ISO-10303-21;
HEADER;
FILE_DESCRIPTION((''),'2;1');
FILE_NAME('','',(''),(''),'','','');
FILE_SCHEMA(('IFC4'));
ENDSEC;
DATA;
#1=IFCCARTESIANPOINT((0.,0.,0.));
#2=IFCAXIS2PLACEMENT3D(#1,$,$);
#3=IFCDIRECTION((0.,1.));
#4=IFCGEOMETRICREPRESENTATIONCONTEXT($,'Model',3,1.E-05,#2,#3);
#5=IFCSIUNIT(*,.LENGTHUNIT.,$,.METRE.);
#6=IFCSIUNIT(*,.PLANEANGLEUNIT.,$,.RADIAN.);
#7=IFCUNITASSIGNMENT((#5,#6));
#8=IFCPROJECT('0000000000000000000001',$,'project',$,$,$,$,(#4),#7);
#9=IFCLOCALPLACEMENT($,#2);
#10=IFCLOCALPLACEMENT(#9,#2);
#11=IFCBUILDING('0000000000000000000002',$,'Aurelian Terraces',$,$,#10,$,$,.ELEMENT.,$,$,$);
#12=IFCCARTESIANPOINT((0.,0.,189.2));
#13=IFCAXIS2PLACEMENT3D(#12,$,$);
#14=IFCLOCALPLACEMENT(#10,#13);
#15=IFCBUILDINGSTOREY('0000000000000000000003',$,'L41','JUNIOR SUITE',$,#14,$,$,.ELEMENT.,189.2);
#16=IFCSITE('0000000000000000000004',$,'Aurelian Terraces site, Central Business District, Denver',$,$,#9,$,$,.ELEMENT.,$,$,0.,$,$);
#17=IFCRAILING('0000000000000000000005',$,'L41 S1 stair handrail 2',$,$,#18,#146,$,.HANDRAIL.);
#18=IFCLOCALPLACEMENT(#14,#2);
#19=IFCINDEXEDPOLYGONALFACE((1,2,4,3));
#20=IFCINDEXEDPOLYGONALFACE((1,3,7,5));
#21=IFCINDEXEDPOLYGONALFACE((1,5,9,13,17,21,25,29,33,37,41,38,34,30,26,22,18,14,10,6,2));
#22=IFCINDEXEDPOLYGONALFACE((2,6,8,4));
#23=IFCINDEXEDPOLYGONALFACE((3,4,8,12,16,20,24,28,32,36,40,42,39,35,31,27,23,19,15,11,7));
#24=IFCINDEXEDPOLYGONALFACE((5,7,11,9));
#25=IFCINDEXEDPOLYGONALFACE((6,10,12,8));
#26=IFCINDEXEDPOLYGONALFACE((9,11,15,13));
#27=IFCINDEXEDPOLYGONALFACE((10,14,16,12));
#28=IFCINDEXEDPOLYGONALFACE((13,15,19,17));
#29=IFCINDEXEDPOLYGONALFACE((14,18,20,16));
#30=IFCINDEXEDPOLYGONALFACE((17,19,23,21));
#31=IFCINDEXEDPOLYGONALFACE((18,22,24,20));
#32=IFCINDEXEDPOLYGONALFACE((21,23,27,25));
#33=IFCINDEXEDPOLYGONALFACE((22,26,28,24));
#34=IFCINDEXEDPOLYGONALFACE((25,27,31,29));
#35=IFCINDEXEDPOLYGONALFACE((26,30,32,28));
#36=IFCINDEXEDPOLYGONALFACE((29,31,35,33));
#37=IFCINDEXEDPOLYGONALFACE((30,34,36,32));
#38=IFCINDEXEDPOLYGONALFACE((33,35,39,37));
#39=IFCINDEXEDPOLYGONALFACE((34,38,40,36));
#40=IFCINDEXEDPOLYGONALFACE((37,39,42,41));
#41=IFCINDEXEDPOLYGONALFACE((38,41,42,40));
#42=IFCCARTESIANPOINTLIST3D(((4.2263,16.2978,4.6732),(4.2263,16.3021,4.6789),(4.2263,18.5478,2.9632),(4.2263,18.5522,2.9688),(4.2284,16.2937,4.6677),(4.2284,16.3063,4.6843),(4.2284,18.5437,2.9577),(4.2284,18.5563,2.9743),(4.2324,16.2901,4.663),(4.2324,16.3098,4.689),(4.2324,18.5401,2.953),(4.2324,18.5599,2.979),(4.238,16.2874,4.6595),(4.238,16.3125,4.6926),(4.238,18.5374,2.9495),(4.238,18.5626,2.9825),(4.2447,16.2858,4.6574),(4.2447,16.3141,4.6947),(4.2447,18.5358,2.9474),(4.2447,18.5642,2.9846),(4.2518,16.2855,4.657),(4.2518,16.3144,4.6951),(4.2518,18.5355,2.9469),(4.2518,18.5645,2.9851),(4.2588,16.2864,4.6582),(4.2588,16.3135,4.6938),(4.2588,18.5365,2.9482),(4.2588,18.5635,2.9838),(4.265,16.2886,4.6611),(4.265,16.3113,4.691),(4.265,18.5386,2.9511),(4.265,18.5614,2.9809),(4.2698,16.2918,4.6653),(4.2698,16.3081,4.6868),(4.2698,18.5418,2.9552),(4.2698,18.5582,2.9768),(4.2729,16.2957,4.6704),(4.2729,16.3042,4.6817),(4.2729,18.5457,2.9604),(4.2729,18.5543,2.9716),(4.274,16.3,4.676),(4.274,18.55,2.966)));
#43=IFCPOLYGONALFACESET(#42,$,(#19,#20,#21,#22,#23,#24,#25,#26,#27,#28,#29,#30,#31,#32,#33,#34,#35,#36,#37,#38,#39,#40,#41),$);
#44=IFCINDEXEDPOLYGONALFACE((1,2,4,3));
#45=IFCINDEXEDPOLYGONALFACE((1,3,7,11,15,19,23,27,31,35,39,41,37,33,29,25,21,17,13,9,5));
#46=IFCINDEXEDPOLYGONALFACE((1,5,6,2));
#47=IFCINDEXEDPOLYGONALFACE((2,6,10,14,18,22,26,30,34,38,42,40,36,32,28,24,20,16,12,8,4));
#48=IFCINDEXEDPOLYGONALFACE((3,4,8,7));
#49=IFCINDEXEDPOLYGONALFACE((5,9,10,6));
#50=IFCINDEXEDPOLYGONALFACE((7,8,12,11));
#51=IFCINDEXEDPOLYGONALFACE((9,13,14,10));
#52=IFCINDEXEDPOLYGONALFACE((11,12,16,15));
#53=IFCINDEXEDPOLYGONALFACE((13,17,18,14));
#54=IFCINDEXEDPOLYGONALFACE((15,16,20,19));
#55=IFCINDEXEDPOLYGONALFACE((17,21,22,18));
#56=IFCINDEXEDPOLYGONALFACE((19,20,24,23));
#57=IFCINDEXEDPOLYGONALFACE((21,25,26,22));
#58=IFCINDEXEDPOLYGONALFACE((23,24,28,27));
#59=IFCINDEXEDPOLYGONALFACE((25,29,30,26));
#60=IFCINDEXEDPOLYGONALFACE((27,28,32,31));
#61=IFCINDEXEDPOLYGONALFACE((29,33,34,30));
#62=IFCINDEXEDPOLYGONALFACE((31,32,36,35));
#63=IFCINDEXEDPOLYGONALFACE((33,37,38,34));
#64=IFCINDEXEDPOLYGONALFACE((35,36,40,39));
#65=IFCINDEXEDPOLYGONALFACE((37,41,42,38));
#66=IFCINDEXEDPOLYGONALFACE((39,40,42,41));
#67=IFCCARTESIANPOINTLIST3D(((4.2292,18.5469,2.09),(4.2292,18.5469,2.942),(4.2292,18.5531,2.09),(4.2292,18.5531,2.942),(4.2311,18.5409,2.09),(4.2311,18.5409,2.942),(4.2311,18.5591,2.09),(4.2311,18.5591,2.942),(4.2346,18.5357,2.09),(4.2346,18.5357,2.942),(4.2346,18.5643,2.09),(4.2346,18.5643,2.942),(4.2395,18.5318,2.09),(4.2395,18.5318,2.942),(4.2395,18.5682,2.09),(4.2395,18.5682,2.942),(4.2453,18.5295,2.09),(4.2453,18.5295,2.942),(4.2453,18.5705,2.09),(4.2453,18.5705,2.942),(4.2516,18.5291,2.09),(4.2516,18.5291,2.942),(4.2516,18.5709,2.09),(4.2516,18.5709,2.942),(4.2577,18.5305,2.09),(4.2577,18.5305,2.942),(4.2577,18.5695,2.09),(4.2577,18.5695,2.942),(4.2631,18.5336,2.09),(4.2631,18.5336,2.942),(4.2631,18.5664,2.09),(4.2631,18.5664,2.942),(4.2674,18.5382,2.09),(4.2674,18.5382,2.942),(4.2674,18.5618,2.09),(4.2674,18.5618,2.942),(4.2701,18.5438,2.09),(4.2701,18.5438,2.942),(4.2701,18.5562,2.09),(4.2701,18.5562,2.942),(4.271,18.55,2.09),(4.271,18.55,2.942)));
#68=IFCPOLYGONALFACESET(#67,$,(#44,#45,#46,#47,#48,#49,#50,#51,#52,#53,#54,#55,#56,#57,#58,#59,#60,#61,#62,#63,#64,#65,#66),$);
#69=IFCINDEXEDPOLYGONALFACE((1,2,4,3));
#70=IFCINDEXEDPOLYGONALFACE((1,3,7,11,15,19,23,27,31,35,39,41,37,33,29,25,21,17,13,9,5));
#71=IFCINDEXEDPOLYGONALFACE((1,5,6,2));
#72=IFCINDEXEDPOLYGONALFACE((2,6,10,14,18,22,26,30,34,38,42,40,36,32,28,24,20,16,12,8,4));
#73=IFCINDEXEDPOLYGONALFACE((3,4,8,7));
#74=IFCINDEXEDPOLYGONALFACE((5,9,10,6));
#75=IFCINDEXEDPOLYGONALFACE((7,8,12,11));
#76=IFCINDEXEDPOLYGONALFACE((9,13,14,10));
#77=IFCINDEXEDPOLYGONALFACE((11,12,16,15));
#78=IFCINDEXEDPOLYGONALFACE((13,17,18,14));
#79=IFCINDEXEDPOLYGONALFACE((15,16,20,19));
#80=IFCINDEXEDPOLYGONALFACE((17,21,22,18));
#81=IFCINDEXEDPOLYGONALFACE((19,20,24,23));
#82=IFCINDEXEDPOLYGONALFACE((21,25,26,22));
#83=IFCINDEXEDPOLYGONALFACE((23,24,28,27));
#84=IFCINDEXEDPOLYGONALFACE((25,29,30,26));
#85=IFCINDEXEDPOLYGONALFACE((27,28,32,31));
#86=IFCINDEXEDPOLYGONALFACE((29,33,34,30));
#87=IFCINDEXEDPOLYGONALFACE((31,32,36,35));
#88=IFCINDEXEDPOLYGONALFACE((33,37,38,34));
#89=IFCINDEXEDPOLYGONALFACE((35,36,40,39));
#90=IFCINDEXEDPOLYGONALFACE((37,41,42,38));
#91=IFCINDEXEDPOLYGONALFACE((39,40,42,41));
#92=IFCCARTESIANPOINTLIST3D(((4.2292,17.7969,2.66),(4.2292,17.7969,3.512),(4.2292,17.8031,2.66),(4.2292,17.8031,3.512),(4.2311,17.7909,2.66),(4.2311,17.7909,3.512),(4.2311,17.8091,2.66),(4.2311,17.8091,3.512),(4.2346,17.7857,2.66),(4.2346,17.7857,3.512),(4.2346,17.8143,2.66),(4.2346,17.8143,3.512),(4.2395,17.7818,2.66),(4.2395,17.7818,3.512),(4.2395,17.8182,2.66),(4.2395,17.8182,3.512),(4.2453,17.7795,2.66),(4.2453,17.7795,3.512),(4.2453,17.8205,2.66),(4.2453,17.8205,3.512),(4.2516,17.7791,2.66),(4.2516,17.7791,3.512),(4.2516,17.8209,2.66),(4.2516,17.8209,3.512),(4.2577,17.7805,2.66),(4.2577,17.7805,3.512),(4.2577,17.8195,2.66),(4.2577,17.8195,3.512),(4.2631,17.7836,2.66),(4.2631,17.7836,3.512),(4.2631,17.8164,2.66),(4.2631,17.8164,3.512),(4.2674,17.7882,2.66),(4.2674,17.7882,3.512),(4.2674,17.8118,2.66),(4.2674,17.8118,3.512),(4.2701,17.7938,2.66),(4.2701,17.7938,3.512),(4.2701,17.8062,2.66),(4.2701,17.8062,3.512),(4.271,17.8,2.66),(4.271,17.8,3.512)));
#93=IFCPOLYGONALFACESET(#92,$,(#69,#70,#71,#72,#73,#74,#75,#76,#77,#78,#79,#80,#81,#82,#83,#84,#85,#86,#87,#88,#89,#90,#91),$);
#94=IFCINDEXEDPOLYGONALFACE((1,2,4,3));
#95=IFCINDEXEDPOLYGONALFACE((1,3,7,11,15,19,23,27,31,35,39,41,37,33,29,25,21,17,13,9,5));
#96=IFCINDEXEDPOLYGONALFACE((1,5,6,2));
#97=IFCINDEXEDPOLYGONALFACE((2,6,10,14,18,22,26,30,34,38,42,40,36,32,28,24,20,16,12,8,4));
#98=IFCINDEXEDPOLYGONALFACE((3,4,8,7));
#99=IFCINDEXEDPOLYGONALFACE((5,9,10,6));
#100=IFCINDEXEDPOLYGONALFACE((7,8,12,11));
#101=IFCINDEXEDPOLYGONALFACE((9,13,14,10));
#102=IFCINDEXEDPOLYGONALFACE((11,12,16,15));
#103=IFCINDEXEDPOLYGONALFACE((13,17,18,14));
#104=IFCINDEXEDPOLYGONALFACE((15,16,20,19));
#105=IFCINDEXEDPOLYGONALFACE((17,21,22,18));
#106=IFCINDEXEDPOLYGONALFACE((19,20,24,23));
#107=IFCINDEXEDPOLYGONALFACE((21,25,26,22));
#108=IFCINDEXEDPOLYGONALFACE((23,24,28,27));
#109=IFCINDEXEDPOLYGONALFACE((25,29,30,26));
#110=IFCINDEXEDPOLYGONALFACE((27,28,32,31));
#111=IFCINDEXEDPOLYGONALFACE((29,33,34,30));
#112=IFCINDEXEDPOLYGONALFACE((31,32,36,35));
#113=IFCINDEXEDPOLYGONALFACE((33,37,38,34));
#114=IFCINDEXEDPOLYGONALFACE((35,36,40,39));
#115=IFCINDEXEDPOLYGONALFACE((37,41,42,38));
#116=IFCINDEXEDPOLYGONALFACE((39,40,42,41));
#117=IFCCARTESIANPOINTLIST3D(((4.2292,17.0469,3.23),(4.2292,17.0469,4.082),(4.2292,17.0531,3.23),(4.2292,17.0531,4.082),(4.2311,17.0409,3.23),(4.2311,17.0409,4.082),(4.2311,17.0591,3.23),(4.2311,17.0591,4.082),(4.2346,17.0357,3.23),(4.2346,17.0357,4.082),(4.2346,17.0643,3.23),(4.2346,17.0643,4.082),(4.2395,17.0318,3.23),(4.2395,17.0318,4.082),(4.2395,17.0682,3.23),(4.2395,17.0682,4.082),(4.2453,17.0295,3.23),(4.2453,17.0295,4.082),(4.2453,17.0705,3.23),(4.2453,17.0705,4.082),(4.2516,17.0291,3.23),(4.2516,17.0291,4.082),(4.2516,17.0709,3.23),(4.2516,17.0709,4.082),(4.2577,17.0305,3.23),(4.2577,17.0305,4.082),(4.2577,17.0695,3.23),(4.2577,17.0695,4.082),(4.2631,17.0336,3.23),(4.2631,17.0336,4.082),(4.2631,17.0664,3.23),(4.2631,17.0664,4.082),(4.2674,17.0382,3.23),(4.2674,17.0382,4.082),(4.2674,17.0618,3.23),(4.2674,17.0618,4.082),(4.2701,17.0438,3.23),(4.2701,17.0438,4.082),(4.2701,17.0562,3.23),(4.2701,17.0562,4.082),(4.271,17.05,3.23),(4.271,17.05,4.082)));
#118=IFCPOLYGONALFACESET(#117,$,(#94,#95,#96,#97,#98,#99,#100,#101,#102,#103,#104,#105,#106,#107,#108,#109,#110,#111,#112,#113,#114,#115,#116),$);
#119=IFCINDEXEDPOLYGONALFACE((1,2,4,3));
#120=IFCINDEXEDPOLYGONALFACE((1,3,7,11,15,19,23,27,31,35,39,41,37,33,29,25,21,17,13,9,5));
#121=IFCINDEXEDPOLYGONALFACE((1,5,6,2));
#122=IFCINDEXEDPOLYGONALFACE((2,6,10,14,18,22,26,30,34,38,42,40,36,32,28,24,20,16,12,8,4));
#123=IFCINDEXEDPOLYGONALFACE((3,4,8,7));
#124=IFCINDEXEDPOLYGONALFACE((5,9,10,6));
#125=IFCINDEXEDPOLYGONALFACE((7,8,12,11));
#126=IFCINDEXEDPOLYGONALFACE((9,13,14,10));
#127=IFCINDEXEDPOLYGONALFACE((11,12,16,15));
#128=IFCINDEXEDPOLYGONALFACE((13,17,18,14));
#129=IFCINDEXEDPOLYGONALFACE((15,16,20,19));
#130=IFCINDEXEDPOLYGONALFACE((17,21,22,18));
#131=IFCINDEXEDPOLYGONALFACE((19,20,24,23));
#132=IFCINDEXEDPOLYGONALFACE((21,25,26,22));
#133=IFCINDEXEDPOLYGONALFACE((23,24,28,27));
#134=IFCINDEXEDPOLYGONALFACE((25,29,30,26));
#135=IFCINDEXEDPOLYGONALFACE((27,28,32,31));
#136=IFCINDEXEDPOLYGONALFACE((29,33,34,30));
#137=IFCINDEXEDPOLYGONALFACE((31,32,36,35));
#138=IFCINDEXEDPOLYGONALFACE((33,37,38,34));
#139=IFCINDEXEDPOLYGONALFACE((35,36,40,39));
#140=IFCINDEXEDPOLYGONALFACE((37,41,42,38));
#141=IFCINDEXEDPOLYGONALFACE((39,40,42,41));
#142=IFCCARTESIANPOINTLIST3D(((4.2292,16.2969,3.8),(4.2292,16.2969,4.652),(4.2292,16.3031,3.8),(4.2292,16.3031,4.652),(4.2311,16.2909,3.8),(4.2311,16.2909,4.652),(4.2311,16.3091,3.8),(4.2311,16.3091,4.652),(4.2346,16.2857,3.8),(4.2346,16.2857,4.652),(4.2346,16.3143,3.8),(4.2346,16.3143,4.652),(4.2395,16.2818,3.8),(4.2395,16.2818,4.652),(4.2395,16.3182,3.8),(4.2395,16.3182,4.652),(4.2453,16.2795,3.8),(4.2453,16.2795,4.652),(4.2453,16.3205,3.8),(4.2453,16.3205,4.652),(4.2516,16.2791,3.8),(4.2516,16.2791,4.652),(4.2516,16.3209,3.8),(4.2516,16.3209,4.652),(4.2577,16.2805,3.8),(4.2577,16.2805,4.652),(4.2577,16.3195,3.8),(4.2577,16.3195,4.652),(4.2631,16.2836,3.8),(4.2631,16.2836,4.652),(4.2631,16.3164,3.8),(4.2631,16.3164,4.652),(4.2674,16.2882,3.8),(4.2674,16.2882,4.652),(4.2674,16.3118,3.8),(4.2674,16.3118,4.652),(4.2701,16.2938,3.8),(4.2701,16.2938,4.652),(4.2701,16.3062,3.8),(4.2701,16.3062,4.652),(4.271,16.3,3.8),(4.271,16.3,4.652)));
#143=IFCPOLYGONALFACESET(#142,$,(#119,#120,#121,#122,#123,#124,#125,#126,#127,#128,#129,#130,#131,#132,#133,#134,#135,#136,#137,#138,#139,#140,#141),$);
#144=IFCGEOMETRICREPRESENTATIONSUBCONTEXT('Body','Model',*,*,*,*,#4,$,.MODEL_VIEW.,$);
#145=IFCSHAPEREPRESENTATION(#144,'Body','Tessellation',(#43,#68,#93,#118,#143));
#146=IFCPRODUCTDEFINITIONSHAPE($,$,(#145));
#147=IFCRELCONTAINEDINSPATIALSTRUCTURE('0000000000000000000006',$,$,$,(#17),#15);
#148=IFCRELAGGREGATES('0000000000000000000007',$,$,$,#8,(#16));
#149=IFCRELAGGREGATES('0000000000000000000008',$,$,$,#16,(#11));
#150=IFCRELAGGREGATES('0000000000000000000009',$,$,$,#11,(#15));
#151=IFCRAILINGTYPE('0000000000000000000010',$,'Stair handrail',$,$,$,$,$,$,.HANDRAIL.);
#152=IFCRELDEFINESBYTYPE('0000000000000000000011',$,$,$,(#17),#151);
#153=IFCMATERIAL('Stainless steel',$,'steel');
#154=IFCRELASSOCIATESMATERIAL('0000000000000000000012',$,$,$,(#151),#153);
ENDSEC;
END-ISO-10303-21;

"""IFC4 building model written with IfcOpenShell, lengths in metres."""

from ifc_helpers import new_model, si_unit, direction, frame, origin, origin_2d, place, context, subcontext, project, spatial, circle, extrude, source, transform, mapped, material, type_object, element, save


model = new_model("IFC4")

# Units and contexts
model_context = context("Model", 3, precision=1e-05, world=origin(), true_north=direction((0.0, 1.0)))
body_context = subcontext(model_context, "Body", "Model", "MODEL_VIEW")
ifc_project = project(units=[si_unit("LENGTHUNIT", "METRE"), si_unit("PLANEANGLEUNIT", "RADIAN")], contexts=[model_context])

# Site, building, storey
site_placement = place(None, origin())
site = spatial("IfcSite", under=ifc_project, at=site_placement, Name="Aurelian Terraces site, Central Business District, Denver", CompositionType="ELEMENT", RefElevation=0.0)
building_placement = place(site_placement, origin())
building = spatial("IfcBuilding", under=site, at=building_placement, Name="Aurelian Terraces", CompositionType="ELEMENT")
storey_placement = place(building_placement, frame((0.0, 0.0, 189.2)))
storey = spatial("IfcBuildingStorey", under=building, at=storey_placement, Name="L41", Description="JUNIOR SUITE", CompositionType="ELEMENT", Elevation=189.2)

# Railing
ifc_material_1 = material(Name="Stainless steel", Category="steel")
railing_type_1 = type_object("IfcRailingType", Name="Stair handrail", PredefinedType="HANDRAIL", material=ifc_material_1)
shared_shape_1 = source(origin(), body_context, "Body", "SweptSolid", [
    extrude(circle(Radius=0.024, at=origin_2d()), frame((0.0, 0.0, 0.876), z_axis=(0.0, -0.796162, 0.605083), x_axis=(1.0, 0.0, 0.0)), (0.0, 0.0, 1.0), 2.8261),
    extrude(circle(Radius=0.021, at=origin_2d()), origin(), (0.0, 0.0, 1.0), 0.852),
    extrude(circle(Radius=0.021, at=origin_2d()), frame((0.0, -0.75, 0.57)), (0.0, 0.0, 1.0), 0.852),
    extrude(circle(Radius=0.021, at=origin_2d()), frame((0.0, -1.5, 1.14)), (0.0, 0.0, 1.0), 0.852),
    extrude(circle(Radius=0.021, at=origin_2d()), frame((0.0, -2.25, 1.71)), (0.0, 0.0, 1.0), 0.852),
])
railing_1_placement = place(storey_placement, frame((4.25, 18.55, 2.09)))
element("IfcRailing", 1, at=railing_1_placement, inside=storey, type_object=railing_type_1, Name="L41 S1 stair handrail 2", PredefinedType="HANDRAIL", context=body_context, shape_type="MappedRepresentation", body=[
    mapped(shared_shape_1, transform((0.0, 0.0, 0.0), scale=1.0)),
])

save(model, "model.ifc")
